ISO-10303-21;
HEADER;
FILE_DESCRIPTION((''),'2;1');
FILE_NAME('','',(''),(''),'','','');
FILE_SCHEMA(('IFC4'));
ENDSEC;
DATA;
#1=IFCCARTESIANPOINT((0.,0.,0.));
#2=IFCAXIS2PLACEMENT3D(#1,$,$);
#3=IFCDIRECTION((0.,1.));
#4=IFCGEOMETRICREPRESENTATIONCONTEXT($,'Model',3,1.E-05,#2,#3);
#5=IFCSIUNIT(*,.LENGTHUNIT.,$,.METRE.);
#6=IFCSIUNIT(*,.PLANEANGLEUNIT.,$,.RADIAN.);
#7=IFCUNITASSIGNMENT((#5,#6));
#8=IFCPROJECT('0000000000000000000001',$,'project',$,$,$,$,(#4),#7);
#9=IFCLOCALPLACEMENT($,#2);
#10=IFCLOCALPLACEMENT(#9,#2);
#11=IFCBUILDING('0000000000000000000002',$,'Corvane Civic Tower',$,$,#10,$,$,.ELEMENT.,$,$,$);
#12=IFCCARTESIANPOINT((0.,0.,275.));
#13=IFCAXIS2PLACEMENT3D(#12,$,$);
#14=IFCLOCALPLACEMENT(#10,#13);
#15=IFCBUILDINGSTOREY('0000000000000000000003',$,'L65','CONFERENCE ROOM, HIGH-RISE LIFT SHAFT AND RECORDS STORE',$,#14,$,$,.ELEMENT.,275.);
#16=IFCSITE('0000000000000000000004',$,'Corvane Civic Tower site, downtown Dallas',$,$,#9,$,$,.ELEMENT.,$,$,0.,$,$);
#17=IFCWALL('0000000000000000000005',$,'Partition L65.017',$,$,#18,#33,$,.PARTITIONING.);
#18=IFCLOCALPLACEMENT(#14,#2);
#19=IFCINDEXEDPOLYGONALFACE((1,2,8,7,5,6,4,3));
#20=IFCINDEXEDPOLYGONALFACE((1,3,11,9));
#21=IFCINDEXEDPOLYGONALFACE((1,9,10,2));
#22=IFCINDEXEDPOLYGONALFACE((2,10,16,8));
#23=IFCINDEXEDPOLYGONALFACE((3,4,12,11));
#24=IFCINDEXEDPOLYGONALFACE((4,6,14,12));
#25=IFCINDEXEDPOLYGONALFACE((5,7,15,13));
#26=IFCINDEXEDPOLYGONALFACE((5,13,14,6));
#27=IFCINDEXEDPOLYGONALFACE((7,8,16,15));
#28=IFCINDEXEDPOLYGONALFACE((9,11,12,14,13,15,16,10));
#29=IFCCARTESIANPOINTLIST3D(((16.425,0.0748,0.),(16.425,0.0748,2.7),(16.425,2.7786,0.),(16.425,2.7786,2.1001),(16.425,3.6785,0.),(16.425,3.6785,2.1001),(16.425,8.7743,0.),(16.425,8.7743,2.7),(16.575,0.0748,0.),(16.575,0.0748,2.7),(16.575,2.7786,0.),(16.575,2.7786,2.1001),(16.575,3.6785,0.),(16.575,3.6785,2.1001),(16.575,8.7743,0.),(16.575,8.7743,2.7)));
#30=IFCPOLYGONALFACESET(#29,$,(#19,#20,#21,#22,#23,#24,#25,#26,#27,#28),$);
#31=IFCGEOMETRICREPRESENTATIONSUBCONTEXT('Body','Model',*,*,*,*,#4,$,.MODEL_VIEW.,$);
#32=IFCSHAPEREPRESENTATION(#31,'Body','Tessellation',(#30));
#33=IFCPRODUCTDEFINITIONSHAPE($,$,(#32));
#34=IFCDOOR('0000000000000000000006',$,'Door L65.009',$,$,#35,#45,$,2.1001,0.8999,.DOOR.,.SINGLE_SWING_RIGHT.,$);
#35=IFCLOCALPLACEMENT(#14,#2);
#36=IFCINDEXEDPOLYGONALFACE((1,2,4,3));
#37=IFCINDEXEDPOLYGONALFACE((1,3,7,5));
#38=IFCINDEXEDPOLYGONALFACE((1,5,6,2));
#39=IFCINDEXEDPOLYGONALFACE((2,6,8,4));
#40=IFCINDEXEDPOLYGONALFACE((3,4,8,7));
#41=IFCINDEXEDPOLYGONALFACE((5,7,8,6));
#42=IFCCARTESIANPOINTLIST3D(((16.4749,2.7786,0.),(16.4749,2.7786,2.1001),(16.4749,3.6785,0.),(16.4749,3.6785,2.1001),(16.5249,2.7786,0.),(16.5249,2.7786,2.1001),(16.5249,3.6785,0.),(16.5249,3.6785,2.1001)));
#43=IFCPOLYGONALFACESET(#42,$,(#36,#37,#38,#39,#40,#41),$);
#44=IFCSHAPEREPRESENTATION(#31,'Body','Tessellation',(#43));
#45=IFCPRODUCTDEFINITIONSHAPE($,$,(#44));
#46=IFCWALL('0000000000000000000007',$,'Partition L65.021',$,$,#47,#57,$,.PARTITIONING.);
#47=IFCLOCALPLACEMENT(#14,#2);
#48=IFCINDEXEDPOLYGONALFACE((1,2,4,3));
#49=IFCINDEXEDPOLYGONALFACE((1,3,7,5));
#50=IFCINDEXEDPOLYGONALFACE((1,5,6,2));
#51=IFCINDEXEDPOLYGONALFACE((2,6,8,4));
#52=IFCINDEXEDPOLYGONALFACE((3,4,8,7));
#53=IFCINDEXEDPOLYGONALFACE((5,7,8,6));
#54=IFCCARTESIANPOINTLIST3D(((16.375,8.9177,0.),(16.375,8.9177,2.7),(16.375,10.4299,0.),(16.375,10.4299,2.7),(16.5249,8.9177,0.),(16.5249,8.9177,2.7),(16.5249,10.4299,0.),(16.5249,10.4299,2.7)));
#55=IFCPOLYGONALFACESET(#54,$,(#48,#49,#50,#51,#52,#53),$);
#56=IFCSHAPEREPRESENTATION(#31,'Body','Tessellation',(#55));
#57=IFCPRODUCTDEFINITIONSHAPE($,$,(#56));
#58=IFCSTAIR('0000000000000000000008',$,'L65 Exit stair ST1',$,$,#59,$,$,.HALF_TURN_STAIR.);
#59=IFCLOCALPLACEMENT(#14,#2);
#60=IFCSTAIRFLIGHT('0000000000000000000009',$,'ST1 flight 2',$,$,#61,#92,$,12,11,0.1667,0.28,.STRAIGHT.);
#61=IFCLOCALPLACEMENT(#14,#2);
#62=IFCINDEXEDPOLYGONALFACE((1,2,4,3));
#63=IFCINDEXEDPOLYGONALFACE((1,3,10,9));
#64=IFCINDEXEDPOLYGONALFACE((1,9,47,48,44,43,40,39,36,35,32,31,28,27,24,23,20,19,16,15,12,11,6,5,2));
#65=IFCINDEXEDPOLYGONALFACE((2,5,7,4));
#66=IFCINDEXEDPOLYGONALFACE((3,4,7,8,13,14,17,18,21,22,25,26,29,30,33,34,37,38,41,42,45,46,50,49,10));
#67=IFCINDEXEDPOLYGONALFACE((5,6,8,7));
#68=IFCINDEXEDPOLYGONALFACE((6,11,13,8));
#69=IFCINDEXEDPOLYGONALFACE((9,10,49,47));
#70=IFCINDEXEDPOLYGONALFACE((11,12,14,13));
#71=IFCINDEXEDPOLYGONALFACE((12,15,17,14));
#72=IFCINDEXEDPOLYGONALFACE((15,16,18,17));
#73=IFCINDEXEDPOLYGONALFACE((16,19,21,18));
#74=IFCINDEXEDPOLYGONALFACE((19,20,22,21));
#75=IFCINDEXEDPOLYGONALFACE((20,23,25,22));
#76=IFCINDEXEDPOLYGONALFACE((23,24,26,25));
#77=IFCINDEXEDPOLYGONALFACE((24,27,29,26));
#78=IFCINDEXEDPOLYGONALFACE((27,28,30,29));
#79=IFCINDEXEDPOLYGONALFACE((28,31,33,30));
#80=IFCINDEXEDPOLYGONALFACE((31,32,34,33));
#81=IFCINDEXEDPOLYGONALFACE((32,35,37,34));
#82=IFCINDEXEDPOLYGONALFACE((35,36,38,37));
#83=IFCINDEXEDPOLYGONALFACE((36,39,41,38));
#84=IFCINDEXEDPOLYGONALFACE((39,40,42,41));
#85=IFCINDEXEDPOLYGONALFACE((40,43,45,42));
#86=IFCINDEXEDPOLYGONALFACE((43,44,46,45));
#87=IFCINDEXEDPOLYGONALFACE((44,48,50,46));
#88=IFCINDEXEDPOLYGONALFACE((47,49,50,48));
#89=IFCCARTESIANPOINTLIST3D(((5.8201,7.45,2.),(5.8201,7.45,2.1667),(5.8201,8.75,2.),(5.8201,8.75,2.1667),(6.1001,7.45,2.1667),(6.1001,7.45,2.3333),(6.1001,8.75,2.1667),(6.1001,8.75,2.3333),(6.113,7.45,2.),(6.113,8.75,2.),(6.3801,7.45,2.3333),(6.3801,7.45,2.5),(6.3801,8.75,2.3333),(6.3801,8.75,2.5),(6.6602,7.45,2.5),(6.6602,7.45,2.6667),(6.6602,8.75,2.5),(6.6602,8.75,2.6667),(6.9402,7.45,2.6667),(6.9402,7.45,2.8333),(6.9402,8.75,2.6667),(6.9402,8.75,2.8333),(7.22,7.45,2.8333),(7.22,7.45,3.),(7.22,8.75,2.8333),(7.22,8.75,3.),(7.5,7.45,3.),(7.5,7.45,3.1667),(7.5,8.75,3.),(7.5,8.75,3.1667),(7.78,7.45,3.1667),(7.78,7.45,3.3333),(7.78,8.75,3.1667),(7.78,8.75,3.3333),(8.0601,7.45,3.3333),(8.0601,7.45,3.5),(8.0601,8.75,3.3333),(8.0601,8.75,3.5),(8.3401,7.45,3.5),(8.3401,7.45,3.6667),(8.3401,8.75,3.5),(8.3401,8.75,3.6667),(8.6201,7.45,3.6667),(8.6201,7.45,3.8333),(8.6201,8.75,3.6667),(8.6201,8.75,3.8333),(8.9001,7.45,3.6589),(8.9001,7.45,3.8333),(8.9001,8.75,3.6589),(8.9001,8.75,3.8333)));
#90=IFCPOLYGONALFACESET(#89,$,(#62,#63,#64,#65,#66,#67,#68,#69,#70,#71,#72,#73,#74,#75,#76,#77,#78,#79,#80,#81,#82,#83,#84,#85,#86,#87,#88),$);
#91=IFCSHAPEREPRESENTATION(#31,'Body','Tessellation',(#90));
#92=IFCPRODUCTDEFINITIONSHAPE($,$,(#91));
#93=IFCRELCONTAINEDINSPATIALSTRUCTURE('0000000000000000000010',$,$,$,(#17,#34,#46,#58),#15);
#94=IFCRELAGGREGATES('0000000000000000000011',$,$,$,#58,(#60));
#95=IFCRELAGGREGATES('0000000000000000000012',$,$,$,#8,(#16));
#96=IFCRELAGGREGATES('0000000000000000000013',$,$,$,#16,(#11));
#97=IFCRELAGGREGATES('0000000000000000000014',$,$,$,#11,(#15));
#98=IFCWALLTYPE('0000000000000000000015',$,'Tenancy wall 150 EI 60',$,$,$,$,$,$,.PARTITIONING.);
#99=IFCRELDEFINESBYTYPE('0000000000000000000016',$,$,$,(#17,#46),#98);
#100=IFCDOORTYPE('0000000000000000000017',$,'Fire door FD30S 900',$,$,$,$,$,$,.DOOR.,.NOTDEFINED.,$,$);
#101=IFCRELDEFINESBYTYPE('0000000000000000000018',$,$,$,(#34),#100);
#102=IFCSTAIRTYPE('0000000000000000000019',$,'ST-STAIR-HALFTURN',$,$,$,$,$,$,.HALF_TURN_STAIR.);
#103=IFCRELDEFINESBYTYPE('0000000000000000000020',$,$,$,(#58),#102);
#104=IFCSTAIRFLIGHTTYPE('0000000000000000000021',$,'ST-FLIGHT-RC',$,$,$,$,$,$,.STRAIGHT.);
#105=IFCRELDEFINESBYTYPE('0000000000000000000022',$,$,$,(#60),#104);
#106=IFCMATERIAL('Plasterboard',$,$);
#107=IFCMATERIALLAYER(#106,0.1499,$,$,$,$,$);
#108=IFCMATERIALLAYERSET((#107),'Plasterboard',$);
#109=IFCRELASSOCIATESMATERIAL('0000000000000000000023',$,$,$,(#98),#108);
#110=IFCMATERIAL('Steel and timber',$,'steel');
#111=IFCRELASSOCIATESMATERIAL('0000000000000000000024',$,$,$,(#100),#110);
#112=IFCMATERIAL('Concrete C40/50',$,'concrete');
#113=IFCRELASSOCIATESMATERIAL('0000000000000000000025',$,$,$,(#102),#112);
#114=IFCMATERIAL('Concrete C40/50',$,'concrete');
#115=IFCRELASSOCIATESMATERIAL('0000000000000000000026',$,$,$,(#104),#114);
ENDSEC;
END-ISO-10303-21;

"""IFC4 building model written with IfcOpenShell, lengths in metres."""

from ifc_helpers import new_model, si_unit, direction, frame, frame_2d, origin, place, context, subcontext, project, spatial, polyline, rectangle, outline, extrude, material, layer, layer_set, type_object, element, fill, aggregate, save


model = new_model("IFC4")

# Units and contexts
model_context = context("Model", 3, precision=1e-05, world=origin(), true_north=direction((0.0, 1.0)))
body_context = subcontext(model_context, "Body", "Model", "MODEL_VIEW")
ifc_project = project(units=[si_unit("LENGTHUNIT", "METRE"), si_unit("PLANEANGLEUNIT", "RADIAN")], contexts=[model_context])

# Site, building, storey
site_placement = place(None, origin())
site = spatial("IfcSite", under=ifc_project, at=site_placement, Name="Corvane Civic Tower site, downtown Dallas", CompositionType="ELEMENT", RefElevation=0.0)
building_placement = place(site_placement, origin())
building = spatial("IfcBuilding", under=site, at=building_placement, Name="Corvane Civic Tower", CompositionType="ELEMENT")
storey_placement = place(building_placement, frame((0.0, 0.0, 275.0)))
storey = spatial("IfcBuildingStorey", under=building, at=storey_placement, Name="L65", Description="CONFERENCE ROOM, HIGH-RISE LIFT SHAFT AND RECORDS STORE", CompositionType="ELEMENT", Elevation=275.0)

# Wall, opening, door
ifc_material_1 = material(Name="Plasterboard")
ifc_layer_1 = layer(ifc_material_1, 0.1499)
ifc_layer_set_1 = layer_set([ifc_layer_1], Name="Plasterboard")
wall_type_1 = type_object("IfcWallType", Name="Tenancy wall 150 EI 60", PredefinedType="PARTITIONING", material=ifc_layer_set_1)
wall_1_placement = place(storey_placement, frame((16.5, 0.075, 0.0), z_axis=(0.0, 0.0, 1.0), x_axis=(0.0, 1.0, 0.0)))
wall_1 = element("IfcWall", 1, at=wall_1_placement, inside=storey, type_object=wall_type_1, Name="Partition L65.017", PredefinedType="PARTITIONING", context=body_context, shape_type="SweptSolid", body=[
    extrude(rectangle(XDim=8.6995, YDim=0.1499, at=frame_2d((4.3496, 0.0))), origin(), (0.0, 0.0, 1.0), 2.7),
])
opening_1_placement = place(wall_1_placement, frame((2.7036, 0.0, 0.0)))
opening_1 = element("IfcOpeningElement", 2, at=opening_1_placement, cuts=wall_1, PredefinedType="OPENING", context=body_context, shape_type="SweptSolid", body=[
    extrude(rectangle(XDim=0.8999, YDim=2.1001, at=frame_2d((0.45, 1.05))), frame((0.0, 0.085, 0.0), z_axis=(0.0, -1.0, 0.0), x_axis=(1.0, 0.0, 0.0)), (0.0, 0.0, 1.0), 0.1699),
])
ifc_material_2 = material(Name="Steel and timber", Category="steel")
door_type_1 = type_object("IfcDoorType", Name="Fire door FD30S 900", OperationType="NOTDEFINED", PredefinedType="DOOR", material=ifc_material_2)
door_1_placement = place(opening_1_placement, frame((0.8999, 0.0, 0.0), z_axis=(0.0, 0.0, 1.0), x_axis=(-1.0, 0.0, 0.0)))
door_1 = element("IfcDoor", 3, at=door_1_placement, inside=storey, type_object=door_type_1, Name="Door L65.009", OperationType="SINGLE_SWING_RIGHT", OverallHeight=2.1001, OverallWidth=0.8999, PredefinedType="DOOR", context=body_context, shape_type="SweptSolid", body=[
    extrude(rectangle(XDim=0.8999, YDim=2.1001, at=frame_2d((0.45, 1.05))), frame((0.0, 0.0249, 0.0), z_axis=(0.0, -1.0, 0.0), x_axis=(1.0, 0.0, 0.0)), (0.0, 0.0, 1.0), 0.05),
])
fill(opening_1, door_1)

# Wall
wall_2_placement = place(storey_placement, frame((16.45, 8.9177, 0.0), z_axis=(0.0, 0.0, 1.0), x_axis=(0.0, 1.0, 0.0)))
element("IfcWall", 4, at=wall_2_placement, inside=storey, type_object=wall_type_1, Name="Partition L65.021", PredefinedType="PARTITIONING", context=body_context, shape_type="SweptSolid", body=[
    extrude(rectangle(XDim=1.5122, YDim=0.1499, at=frame_2d((0.7561, 0.0))), origin(), (0.0, 0.0, 1.0), 2.7),
])

# Stair, stair flight
ifc_material_3 = material(Name="Concrete C40/50", Category="concrete")
stair_type = type_object("IfcStairType", Name="ST-STAIR-HALFTURN", PredefinedType="HALF_TURN_STAIR", material=ifc_material_3)
stair_placement = place(storey_placement, origin())
stair = element("IfcStair", 5, at=stair_placement, inside=storey, type_object=stair_type, Name="L65 Exit stair ST1", PredefinedType="HALF_TURN_STAIR")
ifc_material_4 = material(Name="Concrete C40/50", Category="concrete")
stair_flight_type = type_object("IfcStairFlightType", Name="ST-FLIGHT-RC", PredefinedType="STRAIGHT", material=ifc_material_4)
stair_flight_placement = place(storey_placement, frame((5.8201, 8.1001, 2.0), z_axis=(0.0, 0.0, 1.0), x_axis=(1.0, 0.0, 0.0)))
stair_flight = element("IfcStairFlight", 6, at=stair_flight_placement, type_object=stair_flight_type, Name="ST1 flight 2", NumberOfRisers=12, NumberOfTreads=11, PredefinedType="STRAIGHT", RiserHeight=0.1667, TreadLength=0.28, context=body_context, shape_type="SweptSolid", body=[
    extrude(outline(polyline([(0.0, 0.0), (0.0, 0.1667), (0.28, 0.1667), (0.28, 0.3333), (0.5601, 0.3333), (0.5601, 0.5), (0.8401, 0.5), (0.8401, 0.6667), (1.1201, 0.6667), (1.1201, 0.8333), (1.3999, 0.8333), (1.3999, 1.0), (1.6799, 1.0), (1.6799, 1.1667), (1.96, 1.1667), (1.96, 1.3333), (2.24, 1.3333), (2.24, 1.5), (2.52, 1.5), (2.52, 1.6667), (2.8, 1.6667), (2.8, 1.8333), (3.0801, 1.8333), (3.0801, 2.0), (3.0801, 1.6589), (0.293, 0.0), (0.0, 0.0)])), frame((0.0, 0.6499, 0.0), z_axis=(0.0, -1.0, 0.0), x_axis=(1.0, 0.0, 0.0)), (0.0, 0.0, 1.0), 1.3),
])
aggregate(stair, [stair_flight])

save(model, "model.ifc")
